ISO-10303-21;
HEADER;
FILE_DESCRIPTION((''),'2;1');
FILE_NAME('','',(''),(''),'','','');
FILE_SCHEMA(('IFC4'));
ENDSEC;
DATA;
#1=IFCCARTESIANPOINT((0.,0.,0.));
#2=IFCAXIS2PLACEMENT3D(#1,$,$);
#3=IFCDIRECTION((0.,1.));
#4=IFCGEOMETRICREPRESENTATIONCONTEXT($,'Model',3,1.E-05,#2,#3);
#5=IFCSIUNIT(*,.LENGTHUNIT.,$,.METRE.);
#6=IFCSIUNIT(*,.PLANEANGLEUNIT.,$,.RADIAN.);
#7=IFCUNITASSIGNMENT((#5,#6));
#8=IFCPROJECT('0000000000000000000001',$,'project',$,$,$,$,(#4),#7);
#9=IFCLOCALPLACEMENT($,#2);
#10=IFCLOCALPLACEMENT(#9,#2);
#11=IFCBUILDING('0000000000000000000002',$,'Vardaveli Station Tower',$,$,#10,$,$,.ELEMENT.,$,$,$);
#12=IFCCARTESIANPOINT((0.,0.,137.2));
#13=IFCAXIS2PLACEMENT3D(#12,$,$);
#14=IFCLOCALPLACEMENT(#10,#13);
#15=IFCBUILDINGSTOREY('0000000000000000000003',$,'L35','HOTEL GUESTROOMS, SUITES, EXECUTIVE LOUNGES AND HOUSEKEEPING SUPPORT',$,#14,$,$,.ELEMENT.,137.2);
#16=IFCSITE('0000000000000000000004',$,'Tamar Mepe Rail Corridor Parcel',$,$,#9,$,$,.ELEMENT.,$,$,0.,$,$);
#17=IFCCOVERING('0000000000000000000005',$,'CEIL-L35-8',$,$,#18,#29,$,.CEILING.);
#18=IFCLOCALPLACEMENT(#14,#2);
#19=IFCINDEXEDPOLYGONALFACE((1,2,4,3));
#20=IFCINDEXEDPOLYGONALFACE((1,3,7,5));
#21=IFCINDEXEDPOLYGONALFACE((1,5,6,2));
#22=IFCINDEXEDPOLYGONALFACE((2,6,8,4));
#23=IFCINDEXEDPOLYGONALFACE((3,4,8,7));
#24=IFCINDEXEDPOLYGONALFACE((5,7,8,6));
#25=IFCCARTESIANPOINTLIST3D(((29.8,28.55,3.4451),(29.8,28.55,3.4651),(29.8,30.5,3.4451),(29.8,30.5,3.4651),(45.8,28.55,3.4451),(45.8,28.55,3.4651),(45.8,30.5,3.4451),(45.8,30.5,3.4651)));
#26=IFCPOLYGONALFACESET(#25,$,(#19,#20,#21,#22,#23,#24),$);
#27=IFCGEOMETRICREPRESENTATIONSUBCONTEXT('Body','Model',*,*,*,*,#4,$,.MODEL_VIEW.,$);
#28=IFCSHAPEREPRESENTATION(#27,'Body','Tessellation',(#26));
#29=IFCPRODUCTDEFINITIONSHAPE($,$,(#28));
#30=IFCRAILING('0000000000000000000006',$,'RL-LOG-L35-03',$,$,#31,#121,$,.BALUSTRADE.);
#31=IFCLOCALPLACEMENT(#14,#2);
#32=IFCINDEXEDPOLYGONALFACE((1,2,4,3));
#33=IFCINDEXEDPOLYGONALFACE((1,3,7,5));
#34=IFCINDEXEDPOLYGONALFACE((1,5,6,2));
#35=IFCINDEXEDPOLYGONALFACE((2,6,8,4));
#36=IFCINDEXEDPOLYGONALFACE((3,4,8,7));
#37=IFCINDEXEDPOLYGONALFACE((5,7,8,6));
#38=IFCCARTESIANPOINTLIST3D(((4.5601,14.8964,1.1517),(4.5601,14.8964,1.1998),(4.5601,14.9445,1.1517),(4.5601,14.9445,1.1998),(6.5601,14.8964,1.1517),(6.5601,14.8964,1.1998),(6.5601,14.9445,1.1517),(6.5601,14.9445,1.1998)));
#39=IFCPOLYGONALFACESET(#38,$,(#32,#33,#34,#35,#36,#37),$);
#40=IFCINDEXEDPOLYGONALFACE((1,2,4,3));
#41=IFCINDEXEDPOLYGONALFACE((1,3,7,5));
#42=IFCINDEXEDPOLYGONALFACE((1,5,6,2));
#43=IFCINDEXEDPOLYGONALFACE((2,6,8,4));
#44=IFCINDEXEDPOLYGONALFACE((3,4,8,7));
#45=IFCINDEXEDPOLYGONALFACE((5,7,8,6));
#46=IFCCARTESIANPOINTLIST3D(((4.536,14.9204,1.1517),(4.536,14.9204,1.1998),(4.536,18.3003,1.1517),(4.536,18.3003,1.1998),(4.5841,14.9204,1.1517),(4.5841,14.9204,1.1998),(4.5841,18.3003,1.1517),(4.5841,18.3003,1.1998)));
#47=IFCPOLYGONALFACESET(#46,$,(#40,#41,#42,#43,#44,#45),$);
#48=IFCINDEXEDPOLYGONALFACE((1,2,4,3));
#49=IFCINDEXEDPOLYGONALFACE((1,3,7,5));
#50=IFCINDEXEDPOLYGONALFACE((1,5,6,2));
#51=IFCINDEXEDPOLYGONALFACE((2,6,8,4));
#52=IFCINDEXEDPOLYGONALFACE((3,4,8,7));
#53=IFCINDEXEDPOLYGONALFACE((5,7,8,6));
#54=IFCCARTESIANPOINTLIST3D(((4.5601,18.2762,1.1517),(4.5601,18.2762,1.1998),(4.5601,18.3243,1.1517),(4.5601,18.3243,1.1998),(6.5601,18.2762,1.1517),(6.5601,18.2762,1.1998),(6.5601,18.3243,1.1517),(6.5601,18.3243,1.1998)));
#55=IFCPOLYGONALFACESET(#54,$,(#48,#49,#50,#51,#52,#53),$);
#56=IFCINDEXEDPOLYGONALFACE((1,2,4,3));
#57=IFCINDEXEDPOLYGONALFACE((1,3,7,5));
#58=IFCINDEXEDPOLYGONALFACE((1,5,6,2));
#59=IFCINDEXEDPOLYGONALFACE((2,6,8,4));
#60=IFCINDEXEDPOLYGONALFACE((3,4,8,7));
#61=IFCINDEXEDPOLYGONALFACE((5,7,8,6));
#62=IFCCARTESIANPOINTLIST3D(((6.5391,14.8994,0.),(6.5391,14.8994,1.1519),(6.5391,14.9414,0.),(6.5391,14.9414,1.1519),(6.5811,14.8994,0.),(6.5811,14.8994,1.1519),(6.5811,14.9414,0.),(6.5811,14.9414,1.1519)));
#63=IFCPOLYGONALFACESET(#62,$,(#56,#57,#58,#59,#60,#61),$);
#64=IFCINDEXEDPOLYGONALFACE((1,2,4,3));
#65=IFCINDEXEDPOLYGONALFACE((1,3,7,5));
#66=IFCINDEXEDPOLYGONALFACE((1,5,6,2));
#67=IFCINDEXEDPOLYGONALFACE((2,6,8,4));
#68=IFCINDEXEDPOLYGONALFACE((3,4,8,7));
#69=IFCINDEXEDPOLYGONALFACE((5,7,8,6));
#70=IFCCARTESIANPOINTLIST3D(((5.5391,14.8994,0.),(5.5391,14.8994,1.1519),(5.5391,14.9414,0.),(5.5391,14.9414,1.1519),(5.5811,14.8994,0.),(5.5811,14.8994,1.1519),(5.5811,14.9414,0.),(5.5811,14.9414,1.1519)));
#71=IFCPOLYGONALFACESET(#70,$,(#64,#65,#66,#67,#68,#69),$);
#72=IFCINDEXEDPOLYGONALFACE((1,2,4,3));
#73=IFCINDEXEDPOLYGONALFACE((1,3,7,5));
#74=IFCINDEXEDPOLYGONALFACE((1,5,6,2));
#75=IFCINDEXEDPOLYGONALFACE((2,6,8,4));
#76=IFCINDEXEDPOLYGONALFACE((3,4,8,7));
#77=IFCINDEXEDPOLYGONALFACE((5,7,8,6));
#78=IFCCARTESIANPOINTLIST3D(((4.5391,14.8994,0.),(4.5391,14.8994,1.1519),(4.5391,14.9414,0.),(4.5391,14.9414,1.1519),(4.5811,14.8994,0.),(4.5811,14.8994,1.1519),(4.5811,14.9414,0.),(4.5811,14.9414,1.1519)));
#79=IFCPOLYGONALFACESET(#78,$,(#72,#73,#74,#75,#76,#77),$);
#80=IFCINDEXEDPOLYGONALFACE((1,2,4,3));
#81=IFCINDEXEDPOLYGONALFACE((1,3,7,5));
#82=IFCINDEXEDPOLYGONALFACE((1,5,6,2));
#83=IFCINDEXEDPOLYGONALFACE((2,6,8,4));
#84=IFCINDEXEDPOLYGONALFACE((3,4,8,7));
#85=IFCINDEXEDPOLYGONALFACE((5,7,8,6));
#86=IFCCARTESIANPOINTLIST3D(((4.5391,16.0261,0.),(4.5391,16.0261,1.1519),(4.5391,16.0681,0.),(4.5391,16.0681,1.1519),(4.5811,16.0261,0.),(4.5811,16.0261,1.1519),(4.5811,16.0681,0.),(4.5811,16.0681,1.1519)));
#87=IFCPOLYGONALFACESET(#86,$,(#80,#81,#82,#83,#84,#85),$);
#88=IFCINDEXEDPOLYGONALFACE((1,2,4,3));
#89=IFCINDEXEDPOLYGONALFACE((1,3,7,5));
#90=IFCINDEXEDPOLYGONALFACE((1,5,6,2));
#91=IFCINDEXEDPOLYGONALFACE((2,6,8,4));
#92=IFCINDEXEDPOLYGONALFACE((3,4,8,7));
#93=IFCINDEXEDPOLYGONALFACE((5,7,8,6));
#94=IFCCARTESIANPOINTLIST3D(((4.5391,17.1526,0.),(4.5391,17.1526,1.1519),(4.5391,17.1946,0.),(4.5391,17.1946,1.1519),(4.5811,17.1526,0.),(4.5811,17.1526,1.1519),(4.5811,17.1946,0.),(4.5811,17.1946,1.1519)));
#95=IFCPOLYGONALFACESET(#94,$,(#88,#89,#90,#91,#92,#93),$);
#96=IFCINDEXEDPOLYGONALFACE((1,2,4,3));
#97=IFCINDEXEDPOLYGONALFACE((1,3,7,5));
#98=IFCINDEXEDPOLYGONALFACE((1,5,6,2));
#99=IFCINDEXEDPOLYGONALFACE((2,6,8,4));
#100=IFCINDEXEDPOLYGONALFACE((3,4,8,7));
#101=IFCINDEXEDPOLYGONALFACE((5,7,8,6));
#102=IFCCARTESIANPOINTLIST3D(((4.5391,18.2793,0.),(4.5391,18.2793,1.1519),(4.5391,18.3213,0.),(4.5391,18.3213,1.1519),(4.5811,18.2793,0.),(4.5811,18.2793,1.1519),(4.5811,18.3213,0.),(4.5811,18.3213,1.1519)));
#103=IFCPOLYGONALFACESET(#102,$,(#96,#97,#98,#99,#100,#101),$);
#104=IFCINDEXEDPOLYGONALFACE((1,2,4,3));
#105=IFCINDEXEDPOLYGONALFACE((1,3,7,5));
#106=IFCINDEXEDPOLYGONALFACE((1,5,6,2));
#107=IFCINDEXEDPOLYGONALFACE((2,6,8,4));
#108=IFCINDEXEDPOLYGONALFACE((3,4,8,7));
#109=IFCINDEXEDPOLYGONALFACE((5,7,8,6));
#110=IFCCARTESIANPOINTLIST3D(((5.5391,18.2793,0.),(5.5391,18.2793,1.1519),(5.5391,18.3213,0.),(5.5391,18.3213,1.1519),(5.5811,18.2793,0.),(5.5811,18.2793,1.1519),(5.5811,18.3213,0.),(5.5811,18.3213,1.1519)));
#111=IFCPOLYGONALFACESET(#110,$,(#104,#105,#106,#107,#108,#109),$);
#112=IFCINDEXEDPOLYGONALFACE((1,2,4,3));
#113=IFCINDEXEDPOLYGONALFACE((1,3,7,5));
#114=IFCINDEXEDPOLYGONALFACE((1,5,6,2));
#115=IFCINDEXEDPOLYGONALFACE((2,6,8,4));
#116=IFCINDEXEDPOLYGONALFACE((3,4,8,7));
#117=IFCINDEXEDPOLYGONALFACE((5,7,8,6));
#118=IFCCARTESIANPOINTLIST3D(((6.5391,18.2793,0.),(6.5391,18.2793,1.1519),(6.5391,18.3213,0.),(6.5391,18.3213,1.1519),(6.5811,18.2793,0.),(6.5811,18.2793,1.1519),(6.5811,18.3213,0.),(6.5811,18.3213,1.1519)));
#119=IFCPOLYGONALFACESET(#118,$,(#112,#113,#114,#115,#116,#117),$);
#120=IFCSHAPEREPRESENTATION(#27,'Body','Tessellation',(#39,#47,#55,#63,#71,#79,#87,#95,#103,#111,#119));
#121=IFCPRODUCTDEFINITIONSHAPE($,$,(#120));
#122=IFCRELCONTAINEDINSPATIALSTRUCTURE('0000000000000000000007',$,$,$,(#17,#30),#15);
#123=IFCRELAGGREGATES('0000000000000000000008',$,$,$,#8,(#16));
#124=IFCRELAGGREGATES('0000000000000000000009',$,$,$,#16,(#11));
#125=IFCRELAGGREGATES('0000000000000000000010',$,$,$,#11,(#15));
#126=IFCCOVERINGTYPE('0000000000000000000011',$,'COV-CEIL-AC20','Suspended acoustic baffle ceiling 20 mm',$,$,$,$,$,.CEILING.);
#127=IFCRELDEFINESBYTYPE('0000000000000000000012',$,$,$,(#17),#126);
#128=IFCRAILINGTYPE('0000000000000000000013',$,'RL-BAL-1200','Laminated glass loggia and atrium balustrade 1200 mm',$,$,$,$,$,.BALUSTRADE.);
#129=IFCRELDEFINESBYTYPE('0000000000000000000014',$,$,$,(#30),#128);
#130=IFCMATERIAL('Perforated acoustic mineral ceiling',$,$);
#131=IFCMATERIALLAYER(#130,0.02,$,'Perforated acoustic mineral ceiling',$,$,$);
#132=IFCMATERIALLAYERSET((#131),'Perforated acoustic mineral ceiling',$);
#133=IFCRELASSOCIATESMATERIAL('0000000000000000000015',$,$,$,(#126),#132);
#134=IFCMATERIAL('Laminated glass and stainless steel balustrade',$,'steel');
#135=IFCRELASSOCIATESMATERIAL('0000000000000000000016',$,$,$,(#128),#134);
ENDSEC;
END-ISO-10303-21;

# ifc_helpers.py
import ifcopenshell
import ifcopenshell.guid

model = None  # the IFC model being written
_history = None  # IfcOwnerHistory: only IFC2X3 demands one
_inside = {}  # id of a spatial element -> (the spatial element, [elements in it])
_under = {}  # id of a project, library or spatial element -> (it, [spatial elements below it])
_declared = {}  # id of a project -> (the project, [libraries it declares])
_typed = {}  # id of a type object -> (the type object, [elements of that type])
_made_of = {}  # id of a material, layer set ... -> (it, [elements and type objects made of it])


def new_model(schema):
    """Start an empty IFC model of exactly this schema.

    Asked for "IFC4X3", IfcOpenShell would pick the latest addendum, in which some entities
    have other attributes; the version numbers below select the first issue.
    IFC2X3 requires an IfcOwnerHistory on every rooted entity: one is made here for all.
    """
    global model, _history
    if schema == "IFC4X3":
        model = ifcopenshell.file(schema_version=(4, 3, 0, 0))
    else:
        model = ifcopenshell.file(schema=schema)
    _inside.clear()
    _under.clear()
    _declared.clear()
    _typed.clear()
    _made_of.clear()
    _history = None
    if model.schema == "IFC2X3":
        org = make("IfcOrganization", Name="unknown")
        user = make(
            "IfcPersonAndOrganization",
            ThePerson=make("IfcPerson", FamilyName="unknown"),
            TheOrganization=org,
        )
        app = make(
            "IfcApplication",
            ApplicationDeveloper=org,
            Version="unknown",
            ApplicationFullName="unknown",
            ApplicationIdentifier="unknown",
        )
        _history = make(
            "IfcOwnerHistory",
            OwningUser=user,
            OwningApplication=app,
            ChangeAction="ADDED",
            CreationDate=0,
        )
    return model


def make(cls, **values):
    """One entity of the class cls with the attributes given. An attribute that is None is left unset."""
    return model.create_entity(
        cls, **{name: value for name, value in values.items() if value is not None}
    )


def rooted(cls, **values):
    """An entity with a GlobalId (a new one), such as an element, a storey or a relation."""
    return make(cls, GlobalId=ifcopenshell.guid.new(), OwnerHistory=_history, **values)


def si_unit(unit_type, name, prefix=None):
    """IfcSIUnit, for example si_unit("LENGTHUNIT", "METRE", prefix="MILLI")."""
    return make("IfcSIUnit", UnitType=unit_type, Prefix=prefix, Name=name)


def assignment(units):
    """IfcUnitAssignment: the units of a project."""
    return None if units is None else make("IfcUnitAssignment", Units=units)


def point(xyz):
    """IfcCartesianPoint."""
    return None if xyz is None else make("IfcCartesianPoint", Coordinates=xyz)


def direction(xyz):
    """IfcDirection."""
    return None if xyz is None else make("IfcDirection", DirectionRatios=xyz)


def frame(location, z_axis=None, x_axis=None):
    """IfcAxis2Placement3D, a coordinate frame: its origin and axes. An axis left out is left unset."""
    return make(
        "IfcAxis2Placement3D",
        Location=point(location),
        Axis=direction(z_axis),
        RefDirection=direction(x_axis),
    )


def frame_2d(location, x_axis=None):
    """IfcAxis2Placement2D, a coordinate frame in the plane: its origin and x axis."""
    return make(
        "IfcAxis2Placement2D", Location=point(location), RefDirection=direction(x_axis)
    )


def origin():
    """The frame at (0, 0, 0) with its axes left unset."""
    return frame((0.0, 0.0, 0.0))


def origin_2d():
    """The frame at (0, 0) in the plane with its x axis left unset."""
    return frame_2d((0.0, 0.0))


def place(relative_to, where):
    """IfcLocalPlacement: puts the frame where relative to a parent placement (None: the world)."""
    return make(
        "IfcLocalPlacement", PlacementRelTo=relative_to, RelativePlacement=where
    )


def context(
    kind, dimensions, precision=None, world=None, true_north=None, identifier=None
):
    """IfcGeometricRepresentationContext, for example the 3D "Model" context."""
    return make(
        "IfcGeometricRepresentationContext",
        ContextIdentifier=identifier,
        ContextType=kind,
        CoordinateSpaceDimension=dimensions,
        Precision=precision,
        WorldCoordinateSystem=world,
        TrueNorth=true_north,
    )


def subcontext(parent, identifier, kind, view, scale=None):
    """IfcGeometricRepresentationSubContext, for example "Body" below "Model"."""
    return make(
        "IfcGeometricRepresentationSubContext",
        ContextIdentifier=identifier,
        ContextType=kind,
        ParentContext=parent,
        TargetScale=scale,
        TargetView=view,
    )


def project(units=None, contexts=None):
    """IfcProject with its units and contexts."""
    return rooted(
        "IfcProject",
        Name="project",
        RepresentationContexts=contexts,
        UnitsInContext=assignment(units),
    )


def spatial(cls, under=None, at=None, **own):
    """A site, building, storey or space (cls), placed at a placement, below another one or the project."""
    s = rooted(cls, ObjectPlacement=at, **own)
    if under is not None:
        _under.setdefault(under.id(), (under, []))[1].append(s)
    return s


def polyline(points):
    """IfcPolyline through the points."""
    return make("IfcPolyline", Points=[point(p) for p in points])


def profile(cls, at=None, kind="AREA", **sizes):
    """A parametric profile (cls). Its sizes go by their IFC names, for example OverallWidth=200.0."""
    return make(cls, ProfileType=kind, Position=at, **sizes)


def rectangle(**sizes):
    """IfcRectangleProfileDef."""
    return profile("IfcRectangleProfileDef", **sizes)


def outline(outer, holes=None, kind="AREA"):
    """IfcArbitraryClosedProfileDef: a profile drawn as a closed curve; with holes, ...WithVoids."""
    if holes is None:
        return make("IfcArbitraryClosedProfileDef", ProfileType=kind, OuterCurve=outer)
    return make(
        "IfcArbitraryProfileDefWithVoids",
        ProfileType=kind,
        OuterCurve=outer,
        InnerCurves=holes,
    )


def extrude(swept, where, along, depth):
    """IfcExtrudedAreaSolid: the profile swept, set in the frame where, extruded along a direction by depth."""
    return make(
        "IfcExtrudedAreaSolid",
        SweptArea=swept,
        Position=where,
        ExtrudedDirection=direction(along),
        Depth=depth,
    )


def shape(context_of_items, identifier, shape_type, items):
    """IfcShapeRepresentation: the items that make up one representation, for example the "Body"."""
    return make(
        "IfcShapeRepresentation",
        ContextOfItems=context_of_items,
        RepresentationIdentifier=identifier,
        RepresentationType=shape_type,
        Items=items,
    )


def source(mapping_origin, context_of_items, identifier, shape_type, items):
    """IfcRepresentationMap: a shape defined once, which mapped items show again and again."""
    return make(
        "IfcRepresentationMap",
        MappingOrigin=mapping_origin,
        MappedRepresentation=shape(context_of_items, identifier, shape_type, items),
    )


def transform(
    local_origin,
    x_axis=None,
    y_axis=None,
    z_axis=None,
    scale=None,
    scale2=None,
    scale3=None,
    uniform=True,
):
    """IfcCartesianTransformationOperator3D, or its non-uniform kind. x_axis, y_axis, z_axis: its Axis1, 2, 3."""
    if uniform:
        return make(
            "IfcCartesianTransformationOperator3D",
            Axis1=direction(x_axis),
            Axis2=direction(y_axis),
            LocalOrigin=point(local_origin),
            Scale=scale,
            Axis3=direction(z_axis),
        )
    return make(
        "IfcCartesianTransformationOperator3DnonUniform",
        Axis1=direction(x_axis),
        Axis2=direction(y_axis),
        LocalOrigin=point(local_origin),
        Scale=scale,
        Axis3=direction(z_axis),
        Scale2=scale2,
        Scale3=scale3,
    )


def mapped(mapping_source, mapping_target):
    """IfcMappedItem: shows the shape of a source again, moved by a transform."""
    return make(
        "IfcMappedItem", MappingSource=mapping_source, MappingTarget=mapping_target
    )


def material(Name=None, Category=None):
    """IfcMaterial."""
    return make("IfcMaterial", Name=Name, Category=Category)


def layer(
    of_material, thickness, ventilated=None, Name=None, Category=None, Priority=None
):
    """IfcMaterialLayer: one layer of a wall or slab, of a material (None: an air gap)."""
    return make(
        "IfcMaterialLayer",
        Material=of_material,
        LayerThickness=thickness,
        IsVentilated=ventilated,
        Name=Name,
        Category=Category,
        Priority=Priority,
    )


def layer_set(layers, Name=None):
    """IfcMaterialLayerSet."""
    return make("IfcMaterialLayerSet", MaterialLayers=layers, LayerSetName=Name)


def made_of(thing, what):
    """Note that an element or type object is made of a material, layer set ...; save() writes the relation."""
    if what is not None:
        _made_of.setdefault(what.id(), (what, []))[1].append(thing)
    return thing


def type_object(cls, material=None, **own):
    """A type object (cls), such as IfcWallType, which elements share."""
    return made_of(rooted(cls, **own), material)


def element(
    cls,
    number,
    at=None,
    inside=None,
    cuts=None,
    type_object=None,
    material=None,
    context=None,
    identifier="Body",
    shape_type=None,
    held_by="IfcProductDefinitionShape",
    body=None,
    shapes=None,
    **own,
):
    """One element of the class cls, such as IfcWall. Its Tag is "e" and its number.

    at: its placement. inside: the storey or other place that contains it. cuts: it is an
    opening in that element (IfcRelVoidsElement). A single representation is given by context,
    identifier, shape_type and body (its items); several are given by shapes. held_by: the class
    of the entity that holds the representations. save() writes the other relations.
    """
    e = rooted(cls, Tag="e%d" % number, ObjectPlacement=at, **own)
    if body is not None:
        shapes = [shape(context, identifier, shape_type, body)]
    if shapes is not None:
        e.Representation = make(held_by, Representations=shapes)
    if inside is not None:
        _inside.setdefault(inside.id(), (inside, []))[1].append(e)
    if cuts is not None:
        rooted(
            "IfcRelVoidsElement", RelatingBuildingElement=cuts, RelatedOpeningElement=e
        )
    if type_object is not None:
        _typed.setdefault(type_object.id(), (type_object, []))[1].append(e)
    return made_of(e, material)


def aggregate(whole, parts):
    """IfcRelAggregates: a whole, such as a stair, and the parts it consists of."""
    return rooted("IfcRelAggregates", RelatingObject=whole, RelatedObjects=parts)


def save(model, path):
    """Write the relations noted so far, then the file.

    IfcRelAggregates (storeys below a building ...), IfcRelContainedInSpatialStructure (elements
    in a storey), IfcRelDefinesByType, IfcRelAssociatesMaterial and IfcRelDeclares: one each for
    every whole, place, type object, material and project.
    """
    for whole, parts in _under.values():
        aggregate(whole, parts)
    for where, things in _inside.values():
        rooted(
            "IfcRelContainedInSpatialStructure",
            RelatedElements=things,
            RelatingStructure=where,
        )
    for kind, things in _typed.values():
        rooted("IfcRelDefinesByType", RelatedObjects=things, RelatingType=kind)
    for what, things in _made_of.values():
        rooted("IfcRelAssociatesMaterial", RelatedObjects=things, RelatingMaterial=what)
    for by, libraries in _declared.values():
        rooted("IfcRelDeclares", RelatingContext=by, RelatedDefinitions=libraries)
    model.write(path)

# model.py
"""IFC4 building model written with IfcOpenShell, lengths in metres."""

from ifc_helpers import new_model, si_unit, direction, frame, origin, origin_2d, place, context, subcontext, project, spatial, polyline, rectangle, outline, extrude, source, transform, mapped, material, layer, layer_set, type_object, element, save


model = new_model("IFC4")

# Units and contexts
model_context = context("Model", 3, precision=1e-05, world=origin(), true_north=direction((0.0, 1.0)))
body_context = subcontext(model_context, "Body", "Model", "MODEL_VIEW")
ifc_project = project(units=[si_unit("LENGTHUNIT", "METRE"), si_unit("PLANEANGLEUNIT", "RADIAN")], contexts=[model_context])

# Site, building, storey
site_placement = place(None, origin())
site = spatial("IfcSite", under=ifc_project, at=site_placement, Name="Tamar Mepe Rail Corridor Parcel", CompositionType="ELEMENT", RefElevation=0.0)
building_placement = place(site_placement, origin())
building = spatial("IfcBuilding", under=site, at=building_placement, Name="Vardaveli Station Tower", CompositionType="ELEMENT")
storey_placement = place(building_placement, frame((0.0, 0.0, 137.2)))
storey = spatial("IfcBuildingStorey", under=building, at=storey_placement, Name="L35", Description="HOTEL GUESTROOMS, SUITES, EXECUTIVE LOUNGES AND HOUSEKEEPING SUPPORT", CompositionType="ELEMENT", Elevation=137.2)

# Covering
ifc_material_1 = material(Name="Perforated acoustic mineral ceiling")
ifc_layer_1 = layer(ifc_material_1, 0.02, Name="Perforated acoustic mineral ceiling")
ifc_layer_set_1 = layer_set([ifc_layer_1], Name="Perforated acoustic mineral ceiling")
covering_type = type_object("IfcCoveringType", Name="COV-CEIL-AC20", Description="Suspended acoustic baffle ceiling 20 mm", PredefinedType="CEILING", material=ifc_layer_set_1)
covering_placement = place(storey_placement, frame((0.0, 0.0, 3.4451)))
element("IfcCovering", 1, at=covering_placement, inside=storey, type_object=covering_type, Name="CEIL-L35-8", PredefinedType="CEILING", context=body_context, shape_type="SweptSolid", body=[
    extrude(outline(polyline([(29.8, 28.55), (45.8, 28.55), (45.8, 30.5), (29.8, 30.5), (29.8, 28.55)])), origin(), (0.0, 0.0, 1.0), 0.02),
])

# Railing
ifc_material_2 = material(Name="Laminated glass and stainless steel balustrade", Category="steel")
railing_type = type_object("IfcRailingType", Name="RL-BAL-1200", Description="Laminated glass loggia and atrium balustrade 1200 mm", PredefinedType="BALUSTRADE", material=ifc_material_2)
shared_shape_1 = source(origin(), body_context, "Body", "SweptSolid", [
    extrude(rectangle(XDim=0.0481, YDim=0.0481, at=origin_2d()), frame((0.0, 0.0, 1.1758), z_axis=(-1.0, 0.0, 0.0), x_axis=(0.0, -1.0, 0.0)), (0.0, 0.0, 1.0), 2.0),
    extrude(rectangle(XDim=0.0481, YDim=0.0481, at=origin_2d()), frame((-2.0, 0.0, 1.1758), z_axis=(0.0, 1.0, 0.0), x_axis=(-1.0, 0.0, 0.0)), (0.0, 0.0, 1.0), 3.3799),
    extrude(rectangle(XDim=0.0481, YDim=0.0481, at=origin_2d()), frame((-2.0, 3.3799, 1.1758), z_axis=(1.0, 0.0, 0.0), x_axis=(0.0, 1.0, 0.0)), (0.0, 0.0, 1.0), 2.0),
    extrude(rectangle(XDim=0.042, YDim=0.042, at=origin_2d()), origin(), (0.0, 0.0, 1.0), 1.1519),
    extrude(rectangle(XDim=0.042, YDim=0.042, at=origin_2d()), frame((-1.0, 0.0, 0.0)), (0.0, 0.0, 1.0), 1.1519),
    extrude(rectangle(XDim=0.042, YDim=0.042, at=origin_2d()), frame((-2.0, 0.0, 0.0)), (0.0, 0.0, 1.0), 1.1519),
    extrude(rectangle(XDim=0.042, YDim=0.042, at=origin_2d()), frame((-2.0, 1.1267, 0.0)), (0.0, 0.0, 1.0), 1.1519),
    extrude(rectangle(XDim=0.042, YDim=0.042, at=origin_2d()), frame((-2.0, 2.2532, 0.0)), (0.0, 0.0, 1.0), 1.1519),
    extrude(rectangle(XDim=0.042, YDim=0.042, at=origin_2d()), frame((-2.0, 3.3799, 0.0)), (0.0, 0.0, 1.0), 1.1519),
    extrude(rectangle(XDim=0.042, YDim=0.042, at=origin_2d()), frame((-1.0, 3.3799, 0.0)), (0.0, 0.0, 1.0), 1.1519),
    extrude(rectangle(XDim=0.042, YDim=0.042, at=origin_2d()), frame((0.0, 3.3799, 0.0)), (0.0, 0.0, 1.0), 1.1519),
])
railing_placement = place(storey_placement, frame((6.5601, 14.9204, 0.0)))
element("IfcRailing", 2, at=railing_placement, inside=storey, type_object=railing_type, Name="RL-LOG-L35-03", PredefinedType="BALUSTRADE", context=body_context, shape_type="MappedRepresentation", body=[
    mapped(shared_shape_1, transform((0.0, 0.0, 0.0), scale=1.0)),
])

save(model, "model.ifc")
